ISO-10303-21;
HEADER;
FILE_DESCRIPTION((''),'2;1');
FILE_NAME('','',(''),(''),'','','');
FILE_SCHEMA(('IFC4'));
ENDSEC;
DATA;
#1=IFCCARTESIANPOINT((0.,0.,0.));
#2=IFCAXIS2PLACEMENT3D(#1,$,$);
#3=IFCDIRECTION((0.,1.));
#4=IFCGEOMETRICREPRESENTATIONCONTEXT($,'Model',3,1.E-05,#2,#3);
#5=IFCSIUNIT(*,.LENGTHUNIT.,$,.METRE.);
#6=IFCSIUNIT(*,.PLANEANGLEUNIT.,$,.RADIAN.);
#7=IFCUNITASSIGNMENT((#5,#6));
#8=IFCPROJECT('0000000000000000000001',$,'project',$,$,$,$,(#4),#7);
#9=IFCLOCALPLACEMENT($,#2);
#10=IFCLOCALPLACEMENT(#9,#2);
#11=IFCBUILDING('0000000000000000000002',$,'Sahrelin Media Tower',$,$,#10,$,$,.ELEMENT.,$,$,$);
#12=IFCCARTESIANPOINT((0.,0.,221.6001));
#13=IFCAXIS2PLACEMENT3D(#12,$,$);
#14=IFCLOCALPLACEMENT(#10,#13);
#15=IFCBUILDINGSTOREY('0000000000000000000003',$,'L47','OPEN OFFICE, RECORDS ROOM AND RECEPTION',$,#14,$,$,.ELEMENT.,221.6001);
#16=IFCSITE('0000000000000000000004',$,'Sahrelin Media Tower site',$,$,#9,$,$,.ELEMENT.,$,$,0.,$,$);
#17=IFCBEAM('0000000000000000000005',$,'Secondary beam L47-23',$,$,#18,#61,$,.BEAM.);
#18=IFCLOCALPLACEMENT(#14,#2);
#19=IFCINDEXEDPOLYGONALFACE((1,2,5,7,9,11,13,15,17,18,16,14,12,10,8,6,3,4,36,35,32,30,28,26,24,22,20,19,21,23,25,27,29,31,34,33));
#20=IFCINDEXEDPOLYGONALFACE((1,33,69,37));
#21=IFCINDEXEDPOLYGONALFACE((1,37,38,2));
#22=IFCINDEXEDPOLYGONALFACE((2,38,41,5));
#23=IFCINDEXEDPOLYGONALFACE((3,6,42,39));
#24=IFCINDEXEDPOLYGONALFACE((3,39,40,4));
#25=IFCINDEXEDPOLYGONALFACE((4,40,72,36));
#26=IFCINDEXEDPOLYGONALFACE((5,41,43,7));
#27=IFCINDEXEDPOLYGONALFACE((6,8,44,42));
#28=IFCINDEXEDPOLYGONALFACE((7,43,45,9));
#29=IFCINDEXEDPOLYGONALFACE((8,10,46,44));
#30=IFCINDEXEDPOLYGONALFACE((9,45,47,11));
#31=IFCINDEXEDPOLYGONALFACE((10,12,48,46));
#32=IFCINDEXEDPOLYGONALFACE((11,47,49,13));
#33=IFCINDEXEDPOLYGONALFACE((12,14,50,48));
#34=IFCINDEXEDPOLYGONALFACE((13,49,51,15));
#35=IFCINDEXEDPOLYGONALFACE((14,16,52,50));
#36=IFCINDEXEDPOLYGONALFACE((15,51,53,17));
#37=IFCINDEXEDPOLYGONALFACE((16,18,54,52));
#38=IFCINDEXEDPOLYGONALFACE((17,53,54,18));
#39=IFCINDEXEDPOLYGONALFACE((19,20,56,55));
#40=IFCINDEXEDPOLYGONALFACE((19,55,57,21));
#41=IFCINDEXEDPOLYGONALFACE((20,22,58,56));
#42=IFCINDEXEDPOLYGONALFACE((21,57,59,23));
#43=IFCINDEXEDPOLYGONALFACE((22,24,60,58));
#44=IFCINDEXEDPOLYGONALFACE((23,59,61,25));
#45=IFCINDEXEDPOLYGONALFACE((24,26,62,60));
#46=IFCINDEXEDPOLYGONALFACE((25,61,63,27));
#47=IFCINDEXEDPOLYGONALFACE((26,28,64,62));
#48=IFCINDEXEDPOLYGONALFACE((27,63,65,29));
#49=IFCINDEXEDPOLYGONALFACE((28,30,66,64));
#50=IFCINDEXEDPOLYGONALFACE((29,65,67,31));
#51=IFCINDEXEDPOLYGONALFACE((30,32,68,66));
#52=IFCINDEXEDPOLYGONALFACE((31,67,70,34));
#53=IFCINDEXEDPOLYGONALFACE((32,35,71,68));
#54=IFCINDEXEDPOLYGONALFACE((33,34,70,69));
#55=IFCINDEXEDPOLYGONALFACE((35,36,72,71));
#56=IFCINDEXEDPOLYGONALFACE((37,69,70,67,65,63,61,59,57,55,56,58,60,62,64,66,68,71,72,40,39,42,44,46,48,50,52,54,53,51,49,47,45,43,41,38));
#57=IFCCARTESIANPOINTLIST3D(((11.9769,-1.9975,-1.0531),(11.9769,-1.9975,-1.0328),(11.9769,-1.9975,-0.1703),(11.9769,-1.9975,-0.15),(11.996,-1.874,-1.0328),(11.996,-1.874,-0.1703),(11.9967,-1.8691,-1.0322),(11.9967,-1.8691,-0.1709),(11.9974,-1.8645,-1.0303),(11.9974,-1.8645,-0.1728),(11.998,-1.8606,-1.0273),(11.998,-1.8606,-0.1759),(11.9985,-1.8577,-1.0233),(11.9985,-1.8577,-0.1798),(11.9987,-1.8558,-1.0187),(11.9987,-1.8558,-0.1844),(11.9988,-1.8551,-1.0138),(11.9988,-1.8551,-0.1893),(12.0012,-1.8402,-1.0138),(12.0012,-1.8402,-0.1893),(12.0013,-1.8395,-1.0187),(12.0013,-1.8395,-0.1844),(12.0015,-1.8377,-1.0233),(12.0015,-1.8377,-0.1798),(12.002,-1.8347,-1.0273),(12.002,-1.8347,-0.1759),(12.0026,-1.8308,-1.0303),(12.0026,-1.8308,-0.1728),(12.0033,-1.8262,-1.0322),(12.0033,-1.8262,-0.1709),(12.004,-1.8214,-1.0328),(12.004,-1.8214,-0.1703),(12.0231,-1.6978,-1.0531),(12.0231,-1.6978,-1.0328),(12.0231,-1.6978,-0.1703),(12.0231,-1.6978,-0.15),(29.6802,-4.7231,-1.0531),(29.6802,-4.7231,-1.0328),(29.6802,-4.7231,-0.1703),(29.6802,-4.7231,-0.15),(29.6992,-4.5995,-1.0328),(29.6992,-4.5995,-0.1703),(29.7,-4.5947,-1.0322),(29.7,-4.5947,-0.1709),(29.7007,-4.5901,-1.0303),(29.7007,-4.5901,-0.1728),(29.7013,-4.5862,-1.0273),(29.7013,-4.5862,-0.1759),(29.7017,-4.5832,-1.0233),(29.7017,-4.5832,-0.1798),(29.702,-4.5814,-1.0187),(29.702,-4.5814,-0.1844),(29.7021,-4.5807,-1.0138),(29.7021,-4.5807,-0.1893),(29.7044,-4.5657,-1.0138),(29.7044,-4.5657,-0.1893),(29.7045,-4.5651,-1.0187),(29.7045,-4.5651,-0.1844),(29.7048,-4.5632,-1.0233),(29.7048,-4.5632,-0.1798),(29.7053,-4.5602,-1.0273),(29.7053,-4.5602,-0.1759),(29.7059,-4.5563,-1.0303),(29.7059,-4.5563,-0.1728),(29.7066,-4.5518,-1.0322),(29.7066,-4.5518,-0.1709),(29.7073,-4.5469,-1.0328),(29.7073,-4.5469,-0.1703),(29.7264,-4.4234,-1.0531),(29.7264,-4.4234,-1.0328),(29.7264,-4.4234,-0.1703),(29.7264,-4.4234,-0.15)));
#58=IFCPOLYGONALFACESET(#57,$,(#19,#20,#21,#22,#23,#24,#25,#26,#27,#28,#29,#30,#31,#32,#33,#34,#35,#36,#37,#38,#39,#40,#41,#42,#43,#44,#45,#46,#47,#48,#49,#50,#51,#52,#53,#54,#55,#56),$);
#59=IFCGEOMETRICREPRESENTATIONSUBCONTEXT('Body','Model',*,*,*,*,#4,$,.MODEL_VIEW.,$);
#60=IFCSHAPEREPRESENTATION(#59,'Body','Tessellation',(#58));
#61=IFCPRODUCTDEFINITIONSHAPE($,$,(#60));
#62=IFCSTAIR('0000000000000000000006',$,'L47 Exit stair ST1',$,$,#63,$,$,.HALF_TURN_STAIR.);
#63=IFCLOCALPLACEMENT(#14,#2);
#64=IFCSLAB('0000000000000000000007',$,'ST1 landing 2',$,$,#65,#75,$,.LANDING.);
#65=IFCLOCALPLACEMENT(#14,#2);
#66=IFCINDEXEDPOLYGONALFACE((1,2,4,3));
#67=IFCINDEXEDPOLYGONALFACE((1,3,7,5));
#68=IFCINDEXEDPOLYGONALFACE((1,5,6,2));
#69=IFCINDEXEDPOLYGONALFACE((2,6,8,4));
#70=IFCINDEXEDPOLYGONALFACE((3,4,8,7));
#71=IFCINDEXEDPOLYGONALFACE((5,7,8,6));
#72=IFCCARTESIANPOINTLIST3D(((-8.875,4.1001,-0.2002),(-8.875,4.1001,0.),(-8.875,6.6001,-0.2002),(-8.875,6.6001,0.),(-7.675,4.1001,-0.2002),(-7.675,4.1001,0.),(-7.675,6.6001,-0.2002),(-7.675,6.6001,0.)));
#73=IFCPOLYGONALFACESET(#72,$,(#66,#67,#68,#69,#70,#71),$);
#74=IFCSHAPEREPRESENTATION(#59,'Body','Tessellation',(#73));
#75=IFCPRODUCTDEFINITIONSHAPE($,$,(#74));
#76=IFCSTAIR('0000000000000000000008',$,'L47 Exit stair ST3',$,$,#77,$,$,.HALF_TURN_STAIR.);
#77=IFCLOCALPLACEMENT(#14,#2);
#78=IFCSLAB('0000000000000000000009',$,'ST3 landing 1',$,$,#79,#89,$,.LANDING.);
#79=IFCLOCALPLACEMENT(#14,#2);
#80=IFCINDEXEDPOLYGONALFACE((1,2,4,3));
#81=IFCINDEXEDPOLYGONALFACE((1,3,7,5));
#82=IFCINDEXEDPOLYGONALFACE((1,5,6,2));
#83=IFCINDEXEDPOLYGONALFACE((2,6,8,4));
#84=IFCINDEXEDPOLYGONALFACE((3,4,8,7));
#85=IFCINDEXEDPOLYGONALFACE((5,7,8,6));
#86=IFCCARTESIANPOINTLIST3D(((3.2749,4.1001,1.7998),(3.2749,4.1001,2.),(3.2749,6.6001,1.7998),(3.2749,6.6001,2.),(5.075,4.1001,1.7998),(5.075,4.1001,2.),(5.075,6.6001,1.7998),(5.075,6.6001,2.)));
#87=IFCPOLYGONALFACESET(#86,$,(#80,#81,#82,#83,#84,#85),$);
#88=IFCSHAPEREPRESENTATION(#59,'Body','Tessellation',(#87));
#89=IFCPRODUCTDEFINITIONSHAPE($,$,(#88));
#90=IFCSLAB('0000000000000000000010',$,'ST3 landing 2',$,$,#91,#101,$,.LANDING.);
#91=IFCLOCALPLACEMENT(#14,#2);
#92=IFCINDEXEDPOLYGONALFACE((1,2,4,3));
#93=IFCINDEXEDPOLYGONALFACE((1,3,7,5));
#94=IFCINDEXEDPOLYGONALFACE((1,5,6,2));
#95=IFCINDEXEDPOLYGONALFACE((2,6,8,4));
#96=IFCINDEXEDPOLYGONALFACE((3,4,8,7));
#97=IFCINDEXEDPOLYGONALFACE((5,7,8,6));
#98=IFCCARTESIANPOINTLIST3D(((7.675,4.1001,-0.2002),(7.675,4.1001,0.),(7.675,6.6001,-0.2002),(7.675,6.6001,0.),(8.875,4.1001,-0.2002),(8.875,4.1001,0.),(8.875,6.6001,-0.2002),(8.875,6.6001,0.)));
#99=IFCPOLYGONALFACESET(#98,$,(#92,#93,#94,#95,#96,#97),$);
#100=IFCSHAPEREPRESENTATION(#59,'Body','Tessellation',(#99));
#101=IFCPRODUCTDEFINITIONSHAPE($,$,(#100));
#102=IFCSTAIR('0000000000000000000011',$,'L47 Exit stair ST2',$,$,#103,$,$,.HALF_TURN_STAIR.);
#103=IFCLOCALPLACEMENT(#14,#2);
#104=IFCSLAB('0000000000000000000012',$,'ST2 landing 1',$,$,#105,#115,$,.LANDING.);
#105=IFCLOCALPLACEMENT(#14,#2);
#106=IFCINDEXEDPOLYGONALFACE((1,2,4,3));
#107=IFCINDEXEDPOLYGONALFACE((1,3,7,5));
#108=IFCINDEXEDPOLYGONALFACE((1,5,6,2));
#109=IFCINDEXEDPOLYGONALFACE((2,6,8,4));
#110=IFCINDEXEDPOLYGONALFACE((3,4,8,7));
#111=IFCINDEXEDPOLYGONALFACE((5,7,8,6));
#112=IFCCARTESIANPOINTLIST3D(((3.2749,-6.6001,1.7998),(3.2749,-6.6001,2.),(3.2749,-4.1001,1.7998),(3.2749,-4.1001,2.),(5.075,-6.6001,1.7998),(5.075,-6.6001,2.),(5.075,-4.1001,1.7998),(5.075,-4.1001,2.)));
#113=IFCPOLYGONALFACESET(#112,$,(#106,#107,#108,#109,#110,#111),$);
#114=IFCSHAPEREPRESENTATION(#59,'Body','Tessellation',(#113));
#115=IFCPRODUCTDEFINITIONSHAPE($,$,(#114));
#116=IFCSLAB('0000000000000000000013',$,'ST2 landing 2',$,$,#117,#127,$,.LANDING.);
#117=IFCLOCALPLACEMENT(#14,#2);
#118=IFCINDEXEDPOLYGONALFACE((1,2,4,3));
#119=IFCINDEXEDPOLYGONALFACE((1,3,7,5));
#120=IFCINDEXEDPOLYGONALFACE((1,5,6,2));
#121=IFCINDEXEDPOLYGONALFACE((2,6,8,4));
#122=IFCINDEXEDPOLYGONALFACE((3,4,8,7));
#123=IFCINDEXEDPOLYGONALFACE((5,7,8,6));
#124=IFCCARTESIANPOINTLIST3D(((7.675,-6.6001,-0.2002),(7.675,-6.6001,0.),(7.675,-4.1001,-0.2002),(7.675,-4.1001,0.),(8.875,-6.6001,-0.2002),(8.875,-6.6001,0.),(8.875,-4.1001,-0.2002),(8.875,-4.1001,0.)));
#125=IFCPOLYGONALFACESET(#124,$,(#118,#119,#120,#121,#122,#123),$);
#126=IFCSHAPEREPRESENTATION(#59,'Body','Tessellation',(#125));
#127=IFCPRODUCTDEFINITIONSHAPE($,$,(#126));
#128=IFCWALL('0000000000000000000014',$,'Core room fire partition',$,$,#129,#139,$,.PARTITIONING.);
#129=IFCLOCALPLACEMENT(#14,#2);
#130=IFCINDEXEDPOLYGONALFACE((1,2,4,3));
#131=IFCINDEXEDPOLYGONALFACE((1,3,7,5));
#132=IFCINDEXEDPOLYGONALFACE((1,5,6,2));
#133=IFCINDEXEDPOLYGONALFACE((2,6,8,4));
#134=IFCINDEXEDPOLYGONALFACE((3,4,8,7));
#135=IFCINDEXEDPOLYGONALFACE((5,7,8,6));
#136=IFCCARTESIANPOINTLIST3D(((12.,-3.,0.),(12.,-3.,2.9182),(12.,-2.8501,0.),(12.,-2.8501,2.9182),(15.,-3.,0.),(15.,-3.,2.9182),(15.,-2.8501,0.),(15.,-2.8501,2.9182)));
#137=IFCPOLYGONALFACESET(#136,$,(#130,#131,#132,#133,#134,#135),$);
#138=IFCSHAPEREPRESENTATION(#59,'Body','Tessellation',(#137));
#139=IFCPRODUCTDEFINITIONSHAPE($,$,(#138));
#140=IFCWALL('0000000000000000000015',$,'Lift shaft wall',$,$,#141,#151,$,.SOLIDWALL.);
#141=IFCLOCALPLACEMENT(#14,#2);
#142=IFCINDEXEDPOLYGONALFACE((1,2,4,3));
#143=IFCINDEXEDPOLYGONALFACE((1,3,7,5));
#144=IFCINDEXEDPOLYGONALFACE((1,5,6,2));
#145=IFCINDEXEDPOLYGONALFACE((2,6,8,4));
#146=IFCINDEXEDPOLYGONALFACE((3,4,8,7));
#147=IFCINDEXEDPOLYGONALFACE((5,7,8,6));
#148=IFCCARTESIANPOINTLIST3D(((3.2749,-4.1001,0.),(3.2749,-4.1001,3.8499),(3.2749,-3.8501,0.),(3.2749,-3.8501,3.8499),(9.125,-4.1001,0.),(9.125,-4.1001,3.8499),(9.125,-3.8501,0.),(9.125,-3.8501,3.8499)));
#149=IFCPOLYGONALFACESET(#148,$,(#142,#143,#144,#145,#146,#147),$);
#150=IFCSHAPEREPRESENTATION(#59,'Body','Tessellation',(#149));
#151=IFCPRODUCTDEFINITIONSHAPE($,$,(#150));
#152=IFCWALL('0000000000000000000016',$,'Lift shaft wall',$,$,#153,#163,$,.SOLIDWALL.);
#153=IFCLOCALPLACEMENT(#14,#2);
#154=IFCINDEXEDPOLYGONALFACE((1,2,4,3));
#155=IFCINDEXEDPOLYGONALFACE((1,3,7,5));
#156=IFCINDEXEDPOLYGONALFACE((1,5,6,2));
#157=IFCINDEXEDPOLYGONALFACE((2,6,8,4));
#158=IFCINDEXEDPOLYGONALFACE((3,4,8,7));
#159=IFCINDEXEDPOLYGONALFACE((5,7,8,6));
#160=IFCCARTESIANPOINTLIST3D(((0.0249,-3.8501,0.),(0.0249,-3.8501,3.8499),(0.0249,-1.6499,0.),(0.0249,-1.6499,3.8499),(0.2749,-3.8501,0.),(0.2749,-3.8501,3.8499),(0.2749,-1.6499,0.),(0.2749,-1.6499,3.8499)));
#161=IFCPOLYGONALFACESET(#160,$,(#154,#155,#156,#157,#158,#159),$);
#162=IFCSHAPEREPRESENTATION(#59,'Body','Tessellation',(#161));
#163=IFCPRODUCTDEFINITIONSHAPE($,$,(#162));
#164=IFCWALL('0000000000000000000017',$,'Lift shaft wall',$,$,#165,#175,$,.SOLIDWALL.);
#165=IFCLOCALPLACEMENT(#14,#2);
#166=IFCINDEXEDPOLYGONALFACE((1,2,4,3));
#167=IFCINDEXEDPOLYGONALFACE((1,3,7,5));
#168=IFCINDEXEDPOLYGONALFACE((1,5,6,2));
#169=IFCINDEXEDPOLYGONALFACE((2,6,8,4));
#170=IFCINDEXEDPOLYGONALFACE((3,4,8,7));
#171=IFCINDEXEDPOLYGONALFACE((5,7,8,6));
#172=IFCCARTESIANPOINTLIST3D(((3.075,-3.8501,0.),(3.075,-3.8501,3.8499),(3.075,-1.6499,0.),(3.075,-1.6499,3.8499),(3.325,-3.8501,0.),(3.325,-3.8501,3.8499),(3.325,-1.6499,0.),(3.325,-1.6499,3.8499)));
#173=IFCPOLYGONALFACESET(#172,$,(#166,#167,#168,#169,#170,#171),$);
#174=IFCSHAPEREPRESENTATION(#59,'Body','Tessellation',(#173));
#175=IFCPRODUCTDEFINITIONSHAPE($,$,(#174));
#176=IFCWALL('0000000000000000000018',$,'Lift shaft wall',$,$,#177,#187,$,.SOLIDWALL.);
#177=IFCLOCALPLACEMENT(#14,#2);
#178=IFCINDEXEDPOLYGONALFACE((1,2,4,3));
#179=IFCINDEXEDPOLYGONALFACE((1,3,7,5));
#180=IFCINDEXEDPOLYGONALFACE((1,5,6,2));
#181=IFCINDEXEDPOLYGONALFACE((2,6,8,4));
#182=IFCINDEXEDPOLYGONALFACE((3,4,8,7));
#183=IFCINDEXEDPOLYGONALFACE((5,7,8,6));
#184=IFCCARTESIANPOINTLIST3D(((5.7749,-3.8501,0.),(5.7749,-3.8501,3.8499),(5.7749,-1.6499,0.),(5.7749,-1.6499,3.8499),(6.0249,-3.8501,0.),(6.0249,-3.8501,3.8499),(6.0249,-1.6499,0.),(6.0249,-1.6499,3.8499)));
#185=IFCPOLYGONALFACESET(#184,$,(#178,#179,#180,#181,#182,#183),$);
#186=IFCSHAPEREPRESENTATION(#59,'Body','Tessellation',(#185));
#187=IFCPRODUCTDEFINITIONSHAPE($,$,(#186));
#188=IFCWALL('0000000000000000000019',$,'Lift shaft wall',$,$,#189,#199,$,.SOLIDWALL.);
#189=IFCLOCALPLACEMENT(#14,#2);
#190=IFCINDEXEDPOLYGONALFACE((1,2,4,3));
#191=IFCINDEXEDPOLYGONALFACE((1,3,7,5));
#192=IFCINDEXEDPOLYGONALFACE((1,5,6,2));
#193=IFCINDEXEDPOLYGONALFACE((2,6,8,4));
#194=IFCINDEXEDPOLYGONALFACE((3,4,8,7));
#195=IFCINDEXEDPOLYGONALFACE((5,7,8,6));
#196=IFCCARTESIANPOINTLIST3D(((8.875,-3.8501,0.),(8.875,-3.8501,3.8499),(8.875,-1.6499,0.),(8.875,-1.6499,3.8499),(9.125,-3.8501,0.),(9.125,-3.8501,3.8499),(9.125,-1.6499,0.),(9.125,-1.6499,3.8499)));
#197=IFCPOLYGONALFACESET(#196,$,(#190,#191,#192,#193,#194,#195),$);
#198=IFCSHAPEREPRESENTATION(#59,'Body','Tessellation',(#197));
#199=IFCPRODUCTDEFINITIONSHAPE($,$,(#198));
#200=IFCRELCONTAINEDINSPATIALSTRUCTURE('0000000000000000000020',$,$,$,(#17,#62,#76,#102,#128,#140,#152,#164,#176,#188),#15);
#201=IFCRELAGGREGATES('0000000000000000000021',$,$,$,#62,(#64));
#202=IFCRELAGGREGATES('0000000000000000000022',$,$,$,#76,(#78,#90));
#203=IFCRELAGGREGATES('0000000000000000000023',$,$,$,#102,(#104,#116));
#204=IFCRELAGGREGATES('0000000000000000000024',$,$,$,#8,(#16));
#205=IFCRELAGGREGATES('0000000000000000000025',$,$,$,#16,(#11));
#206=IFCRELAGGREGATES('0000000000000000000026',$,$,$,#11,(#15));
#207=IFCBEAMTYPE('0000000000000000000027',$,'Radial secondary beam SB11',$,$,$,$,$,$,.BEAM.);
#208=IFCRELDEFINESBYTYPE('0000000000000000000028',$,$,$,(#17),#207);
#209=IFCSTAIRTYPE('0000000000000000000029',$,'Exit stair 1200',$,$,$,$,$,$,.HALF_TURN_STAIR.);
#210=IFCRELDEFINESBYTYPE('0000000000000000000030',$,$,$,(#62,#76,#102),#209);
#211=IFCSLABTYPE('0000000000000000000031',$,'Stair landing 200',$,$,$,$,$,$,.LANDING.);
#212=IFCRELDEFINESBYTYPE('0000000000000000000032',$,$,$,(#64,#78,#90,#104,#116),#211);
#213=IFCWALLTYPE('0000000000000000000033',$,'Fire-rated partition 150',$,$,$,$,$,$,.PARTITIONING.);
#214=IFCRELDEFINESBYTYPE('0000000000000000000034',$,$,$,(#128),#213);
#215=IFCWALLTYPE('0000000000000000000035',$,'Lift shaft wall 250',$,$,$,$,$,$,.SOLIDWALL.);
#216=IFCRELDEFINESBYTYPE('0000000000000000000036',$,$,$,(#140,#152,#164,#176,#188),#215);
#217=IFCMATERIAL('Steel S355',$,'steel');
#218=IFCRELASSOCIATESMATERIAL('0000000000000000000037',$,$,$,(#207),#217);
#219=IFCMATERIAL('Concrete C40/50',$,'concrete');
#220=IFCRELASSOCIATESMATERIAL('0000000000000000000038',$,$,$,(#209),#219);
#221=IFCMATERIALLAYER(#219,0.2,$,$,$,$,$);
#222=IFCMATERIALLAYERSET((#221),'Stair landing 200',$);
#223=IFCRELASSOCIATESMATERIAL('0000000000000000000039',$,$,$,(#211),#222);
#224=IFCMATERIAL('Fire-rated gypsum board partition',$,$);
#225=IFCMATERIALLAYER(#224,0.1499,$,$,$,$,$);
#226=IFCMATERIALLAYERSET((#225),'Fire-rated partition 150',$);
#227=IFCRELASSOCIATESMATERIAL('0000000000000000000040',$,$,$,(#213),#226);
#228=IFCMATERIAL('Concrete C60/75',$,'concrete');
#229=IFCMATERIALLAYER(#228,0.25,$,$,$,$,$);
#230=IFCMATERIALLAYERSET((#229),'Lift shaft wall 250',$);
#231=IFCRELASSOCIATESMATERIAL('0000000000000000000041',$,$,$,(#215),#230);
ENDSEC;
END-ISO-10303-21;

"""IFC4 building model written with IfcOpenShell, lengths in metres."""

from ifc_helpers import new_model, si_unit, direction, frame, frame_2d, origin, origin_2d, place, context, subcontext, project, spatial, polyline, rectangle, i_section, outline, extrude, material, layer, layer_set, material_profile, profile_set, type_object, element, aggregate, save


model = new_model("IFC4")

# Units and contexts
model_context = context("Model", 3, precision=1e-05, world=origin(), true_north=direction((0.0, 1.0)))
body_context = subcontext(model_context, "Body", "Model", "MODEL_VIEW")
ifc_project = project(units=[si_unit("LENGTHUNIT", "METRE"), si_unit("PLANEANGLEUNIT", "RADIAN")], contexts=[model_context])

# Site, building, storey
site_placement = place(None, origin())
site = spatial("IfcSite", under=ifc_project, at=site_placement, Name="Sahrelin Media Tower site", CompositionType="ELEMENT", RefElevation=0.0)
building_placement = place(site_placement, origin())
building = spatial("IfcBuilding", under=site, at=building_placement, Name="Sahrelin Media Tower", CompositionType="ELEMENT")
storey_placement = place(building_placement, frame((0.0, 0.0, 221.6001)))
storey = spatial("IfcBuildingStorey", under=building, at=storey_placement, Name="L47", Description="OPEN OFFICE, RECORDS ROOM AND RECEPTION", CompositionType="ELEMENT", Elevation=221.6001)

# Beam
ifc_material_1 = material(Name="Steel S355", Category="steel")
ifc_material_profile_1 = material_profile(ifc_material_1, i_section(OverallWidth=0.3032, OverallDepth=0.9031, WebThickness=0.0151, FlangeThickness=0.0203, FilletRadius=0.019, at=origin_2d()), Name="UB 914x305x201")
ifc_profile_set_1 = profile_set([ifc_material_profile_1], Name="Steel S355")
beam_type_1 = type_object("IfcBeamType", Name="Radial secondary beam SB11", PredefinedType="BEAM", material=ifc_profile_set_1)
beam_1_placement = place(storey_placement, frame((12.0, -1.8477, -0.6016), z_axis=(0.988355, -0.152166, 0.0), x_axis=(0.152166, 0.988355, 0.0)))
element("IfcBeam", 1, at=beam_1_placement, inside=storey, type_object=beam_type_1, Name="Secondary beam L47-23", PredefinedType="BEAM", context=body_context, shape_type="SweptSolid", body=[
    extrude(i_section(OverallWidth=0.3032, OverallDepth=0.9031, WebThickness=0.0151, FlangeThickness=0.0203, FilletRadius=0.019, at=origin_2d()), origin(), (0.0, 0.0, 1.0), 17.9119),
])

# Stair, slab
ifc_material_2 = material(Name="Concrete C40/50", Category="concrete")
stair_type = type_object("IfcStairType", Name="Exit stair 1200", PredefinedType="HALF_TURN_STAIR", material=ifc_material_2)
placement_1 = place(storey_placement, origin())
stair_1 = element("IfcStair", 2, at=placement_1, inside=storey, type_object=stair_type, Name="L47 Exit stair ST1", PredefinedType="HALF_TURN_STAIR")
ifc_layer_1 = layer(ifc_material_2, 0.2)
ifc_layer_set_1 = layer_set([ifc_layer_1], Name="Stair landing 200")
slab_type = type_object("IfcSlabType", Name="Stair landing 200", PredefinedType="LANDING", material=ifc_layer_set_1)
placement_2 = place(storey_placement, frame((0.0, 0.0, -0.2002)))
slab_1 = element("IfcSlab", 3, at=placement_2, type_object=slab_type, Name="ST1 landing 2", PredefinedType="LANDING", context=body_context, shape_type="SweptSolid", body=[
    extrude(outline(polyline([(-8.875, 4.1001), (-7.675, 4.1001), (-7.675, 6.6001), (-8.875, 6.6001), (-8.875, 4.1001)])), origin(), (0.0, 0.0, 1.0), 0.2002),
])
aggregate(stair_1, [slab_1])

# Stairs, slabs
stair_2 = element("IfcStair", 4, at=placement_1, inside=storey, type_object=stair_type, Name="L47 Exit stair ST3", PredefinedType="HALF_TURN_STAIR")
placement_3 = place(storey_placement, frame((0.0, 0.0, 1.7998)))
slab_2 = element("IfcSlab", 5, at=placement_3, type_object=slab_type, Name="ST3 landing 1", PredefinedType="LANDING", context=body_context, shape_type="SweptSolid", body=[
    extrude(outline(polyline([(5.075, 6.6001), (3.2749, 6.6001), (3.2749, 4.1001), (5.075, 4.1001), (5.075, 6.6001)])), origin(), (0.0, 0.0, 1.0), 0.2002),
])
slab_3 = element("IfcSlab", 6, at=placement_2, type_object=slab_type, Name="ST3 landing 2", PredefinedType="LANDING", context=body_context, shape_type="SweptSolid", body=[
    extrude(outline(polyline([(8.875, 6.6001), (7.675, 6.6001), (7.675, 4.1001), (8.875, 4.1001), (8.875, 6.6001)])), origin(), (0.0, 0.0, 1.0), 0.2002),
])
aggregate(stair_2, [slab_2, slab_3])
stair_3 = element("IfcStair", 7, at=placement_1, inside=storey, type_object=stair_type, Name="L47 Exit stair ST2", PredefinedType="HALF_TURN_STAIR")
slab_4 = element("IfcSlab", 8, at=placement_3, type_object=slab_type, Name="ST2 landing 1", PredefinedType="LANDING", context=body_context, shape_type="SweptSolid", body=[
    extrude(outline(polyline([(5.075, -4.1001), (3.2749, -4.1001), (3.2749, -6.6001), (5.075, -6.6001), (5.075, -4.1001)])), origin(), (0.0, 0.0, 1.0), 0.2002),
])
slab_5 = element("IfcSlab", 9, at=placement_2, type_object=slab_type, Name="ST2 landing 2", PredefinedType="LANDING", context=body_context, shape_type="SweptSolid", body=[
    extrude(outline(polyline([(8.875, -4.1001), (7.675, -4.1001), (7.675, -6.6001), (8.875, -6.6001), (8.875, -4.1001)])), origin(), (0.0, 0.0, 1.0), 0.2002),
])
aggregate(stair_3, [slab_4, slab_5])

# Walls
ifc_material_3 = material(Name="Fire-rated gypsum board partition")
ifc_layer_2 = layer(ifc_material_3, 0.1499)
ifc_layer_set_2 = layer_set([ifc_layer_2], Name="Fire-rated partition 150")
wall_type_1 = type_object("IfcWallType", Name="Fire-rated partition 150", PredefinedType="PARTITIONING", material=ifc_layer_set_2)
wall_1_placement = place(storey_placement, frame((12.0, -2.925, 0.0), z_axis=(0.0, 0.0, 1.0), x_axis=(1.0, 0.0, 0.0)))
element("IfcWall", 10, at=wall_1_placement, inside=storey, type_object=wall_type_1, Name="Core room fire partition", PredefinedType="PARTITIONING", context=body_context, shape_type="SweptSolid", body=[
    extrude(rectangle(XDim=3.0, YDim=0.1499, at=frame_2d((1.5, 0.0))), origin(), (0.0, 0.0, 1.0), 2.9182),
])
ifc_material_4 = material(Name="Concrete C60/75", Category="concrete")
ifc_layer_3 = layer(ifc_material_4, 0.25)
ifc_layer_set_3 = layer_set([ifc_layer_3], Name="Lift shaft wall 250")
wall_type_2 = type_object("IfcWallType", Name="Lift shaft wall 250", PredefinedType="SOLIDWALL", material=ifc_layer_set_3)
wall_2_placement = place(storey_placement, frame((3.2749, -3.9751, 0.0), z_axis=(0.0, 0.0, 1.0), x_axis=(1.0, 0.0, 0.0)))
element("IfcWall", 11, at=wall_2_placement, inside=storey, type_object=wall_type_2, Name="Lift shaft wall", PredefinedType="SOLIDWALL", context=body_context, shape_type="SweptSolid", body=[
    extrude(rectangle(XDim=5.8501, YDim=0.25, at=frame_2d((2.925, 0.0))), origin(), (0.0, 0.0, 1.0), 3.8499),
])
for number, where, z_axis, x_axis, name in (
    (12, (0.1499, -3.8501, 0.0), (0.0, 0.0, 1.0), (0.0, 1.0, 0.0), "Lift shaft wall"),
    (13, (3.2, -3.8501, 0.0), (0.0, 0.0, 1.0), (0.0, 1.0, 0.0), "Lift shaft wall"),
    (14, (5.8999, -3.8501, 0.0), (0.0, 0.0, 1.0), (0.0, 1.0, 0.0), "Lift shaft wall"),
    (15, (9.0, -3.8501, 0.0), (0.0, 0.0, 1.0), (0.0, 1.0, 0.0), "Lift shaft wall"),
):
    element("IfcWall", number, at=place(storey_placement, frame(where, z_axis=z_axis, x_axis=x_axis)), inside=storey, type_object=wall_type_2, Name=name, PredefinedType="SOLIDWALL", context=body_context, shape_type="SweptSolid", body=[
        extrude(rectangle(XDim=2.2002, YDim=0.25, at=frame_2d((1.1001, 0.0))), origin(), (0.0, 0.0, 1.0), 3.8499),
    ])

save(model, "model.ifc")
